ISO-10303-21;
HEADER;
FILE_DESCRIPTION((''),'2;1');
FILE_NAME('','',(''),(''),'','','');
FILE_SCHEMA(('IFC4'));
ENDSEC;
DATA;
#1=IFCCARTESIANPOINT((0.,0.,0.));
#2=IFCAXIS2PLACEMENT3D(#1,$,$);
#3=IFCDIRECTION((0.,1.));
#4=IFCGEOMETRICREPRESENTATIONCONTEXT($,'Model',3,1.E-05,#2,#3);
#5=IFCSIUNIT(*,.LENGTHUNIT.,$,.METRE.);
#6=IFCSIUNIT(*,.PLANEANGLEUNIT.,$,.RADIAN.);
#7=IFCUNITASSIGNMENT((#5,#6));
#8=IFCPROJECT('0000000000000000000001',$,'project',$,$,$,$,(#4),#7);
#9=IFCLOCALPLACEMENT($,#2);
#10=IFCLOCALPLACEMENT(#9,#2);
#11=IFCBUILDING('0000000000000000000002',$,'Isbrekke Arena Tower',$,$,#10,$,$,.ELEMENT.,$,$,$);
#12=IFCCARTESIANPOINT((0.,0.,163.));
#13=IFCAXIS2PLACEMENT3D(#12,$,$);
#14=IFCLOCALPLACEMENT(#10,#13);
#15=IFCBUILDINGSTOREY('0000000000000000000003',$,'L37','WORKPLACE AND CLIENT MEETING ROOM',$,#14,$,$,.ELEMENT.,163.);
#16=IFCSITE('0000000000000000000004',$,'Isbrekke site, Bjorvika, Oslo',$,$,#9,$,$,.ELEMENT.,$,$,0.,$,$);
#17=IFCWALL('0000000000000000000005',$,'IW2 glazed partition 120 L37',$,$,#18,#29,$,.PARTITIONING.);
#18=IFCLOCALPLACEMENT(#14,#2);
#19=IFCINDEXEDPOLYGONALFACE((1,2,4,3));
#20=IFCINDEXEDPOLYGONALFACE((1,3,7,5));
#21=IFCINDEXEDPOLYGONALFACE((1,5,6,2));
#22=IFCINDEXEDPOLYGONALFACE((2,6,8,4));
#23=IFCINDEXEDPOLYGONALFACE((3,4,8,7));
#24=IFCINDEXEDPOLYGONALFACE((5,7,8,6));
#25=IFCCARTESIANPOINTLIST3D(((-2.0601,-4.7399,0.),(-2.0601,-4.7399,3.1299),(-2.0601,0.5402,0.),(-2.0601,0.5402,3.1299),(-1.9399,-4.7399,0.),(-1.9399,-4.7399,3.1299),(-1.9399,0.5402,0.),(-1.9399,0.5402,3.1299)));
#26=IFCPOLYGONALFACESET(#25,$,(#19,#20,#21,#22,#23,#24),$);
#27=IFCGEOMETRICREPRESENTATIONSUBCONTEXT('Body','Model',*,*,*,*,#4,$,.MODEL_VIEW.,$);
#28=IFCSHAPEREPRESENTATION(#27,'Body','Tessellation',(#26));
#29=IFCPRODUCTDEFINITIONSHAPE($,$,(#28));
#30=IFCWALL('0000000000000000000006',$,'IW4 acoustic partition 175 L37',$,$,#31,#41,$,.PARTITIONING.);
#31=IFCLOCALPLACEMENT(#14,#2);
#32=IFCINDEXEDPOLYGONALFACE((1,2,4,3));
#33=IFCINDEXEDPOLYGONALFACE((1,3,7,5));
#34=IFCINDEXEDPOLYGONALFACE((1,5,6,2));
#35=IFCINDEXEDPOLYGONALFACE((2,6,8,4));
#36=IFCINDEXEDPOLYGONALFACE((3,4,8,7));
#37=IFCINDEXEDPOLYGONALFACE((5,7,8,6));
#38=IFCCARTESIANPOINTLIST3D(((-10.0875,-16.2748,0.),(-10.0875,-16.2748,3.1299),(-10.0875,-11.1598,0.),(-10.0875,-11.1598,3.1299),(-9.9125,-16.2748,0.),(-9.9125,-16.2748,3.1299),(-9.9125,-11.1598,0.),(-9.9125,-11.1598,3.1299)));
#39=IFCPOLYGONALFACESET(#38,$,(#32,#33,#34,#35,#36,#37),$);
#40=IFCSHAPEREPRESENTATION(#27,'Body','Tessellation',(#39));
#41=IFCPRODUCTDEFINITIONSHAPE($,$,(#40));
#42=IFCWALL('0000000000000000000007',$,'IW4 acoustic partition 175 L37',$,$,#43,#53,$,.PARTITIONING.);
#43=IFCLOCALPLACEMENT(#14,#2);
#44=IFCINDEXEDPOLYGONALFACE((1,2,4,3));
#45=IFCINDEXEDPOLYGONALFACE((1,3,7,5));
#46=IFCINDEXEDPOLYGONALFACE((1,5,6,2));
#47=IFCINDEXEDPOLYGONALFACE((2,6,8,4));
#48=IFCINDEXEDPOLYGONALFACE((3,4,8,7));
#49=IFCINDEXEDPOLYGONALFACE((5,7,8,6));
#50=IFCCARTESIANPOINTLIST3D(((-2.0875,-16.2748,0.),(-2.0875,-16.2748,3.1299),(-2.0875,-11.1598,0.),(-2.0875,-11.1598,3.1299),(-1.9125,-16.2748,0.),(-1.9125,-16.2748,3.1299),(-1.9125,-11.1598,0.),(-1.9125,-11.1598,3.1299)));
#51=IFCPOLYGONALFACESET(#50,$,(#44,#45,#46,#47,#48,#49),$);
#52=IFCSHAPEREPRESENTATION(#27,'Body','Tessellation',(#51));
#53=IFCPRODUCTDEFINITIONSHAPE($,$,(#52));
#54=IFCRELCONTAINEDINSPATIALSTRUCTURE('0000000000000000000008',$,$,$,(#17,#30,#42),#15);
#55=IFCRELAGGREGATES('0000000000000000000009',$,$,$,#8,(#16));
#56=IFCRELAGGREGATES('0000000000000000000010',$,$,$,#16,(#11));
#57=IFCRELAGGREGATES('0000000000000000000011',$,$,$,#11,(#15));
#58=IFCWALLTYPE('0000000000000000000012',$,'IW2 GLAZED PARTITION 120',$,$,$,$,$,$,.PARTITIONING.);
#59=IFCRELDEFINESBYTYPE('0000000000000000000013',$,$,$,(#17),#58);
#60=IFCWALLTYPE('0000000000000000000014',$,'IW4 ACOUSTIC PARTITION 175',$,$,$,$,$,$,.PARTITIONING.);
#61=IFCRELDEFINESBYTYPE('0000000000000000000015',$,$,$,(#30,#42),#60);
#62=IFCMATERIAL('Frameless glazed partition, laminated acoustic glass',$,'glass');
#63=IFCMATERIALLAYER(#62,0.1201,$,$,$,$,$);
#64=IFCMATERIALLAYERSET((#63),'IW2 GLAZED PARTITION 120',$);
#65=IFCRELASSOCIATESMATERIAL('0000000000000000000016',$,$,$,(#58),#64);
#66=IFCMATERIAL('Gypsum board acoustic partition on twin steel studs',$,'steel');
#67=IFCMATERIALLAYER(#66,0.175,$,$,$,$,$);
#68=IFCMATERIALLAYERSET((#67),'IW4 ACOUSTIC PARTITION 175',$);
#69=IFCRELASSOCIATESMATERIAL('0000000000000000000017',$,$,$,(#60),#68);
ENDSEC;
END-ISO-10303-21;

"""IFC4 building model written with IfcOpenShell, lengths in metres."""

from ifc_helpers import new_model, si_unit, direction, frame, frame_2d, origin, place, context, subcontext, project, spatial, rectangle, extrude, material, layer, layer_set, type_object, element, save


model = new_model("IFC4")

# Units and contexts
model_context = context("Model", 3, precision=1e-05, world=origin(), true_north=direction((0.0, 1.0)))
body_context = subcontext(model_context, "Body", "Model", "MODEL_VIEW")
ifc_project = project(units=[si_unit("LENGTHUNIT", "METRE"), si_unit("PLANEANGLEUNIT", "RADIAN")], contexts=[model_context])

# Site, building, storey
site_placement = place(None, origin())
site = spatial("IfcSite", under=ifc_project, at=site_placement, Name="Isbrekke site, Bjorvika, Oslo", CompositionType="ELEMENT", RefElevation=0.0)
building_placement = place(site_placement, origin())
building = spatial("IfcBuilding", under=site, at=building_placement, Name="Isbrekke Arena Tower", CompositionType="ELEMENT")
storey_placement = place(building_placement, frame((0.0, 0.0, 163.0)))
storey = spatial("IfcBuildingStorey", under=building, at=storey_placement, Name="L37", Description="WORKPLACE AND CLIENT MEETING ROOM", CompositionType="ELEMENT", Elevation=163.0)

# Shared definitions
ifc_material_1 = material(Name="Frameless glazed partition, laminated acoustic glass", Category="glass")
ifc_layer_1 = layer(ifc_material_1, 0.1201)
ifc_layer_set_1 = layer_set([ifc_layer_1], Name="IW2 GLAZED PARTITION 120")
wall_type_1 = type_object("IfcWallType", Name="IW2 GLAZED PARTITION 120", PredefinedType="PARTITIONING", material=ifc_layer_set_1)

# Walls
for number, where, z_axis, x_axis, name in (
    (1, (-2.0, -4.74, 0.0), (0.0, 0.0, 1.0), (0.0, 1.0, 0.0), "IW2 glazed partition 120 L37"),
):
    element("IfcWall", number, at=place(storey_placement, frame(where, z_axis=z_axis, x_axis=x_axis)), inside=storey, type_object=wall_type_1, Name=name, PredefinedType="PARTITIONING", context=body_context, shape_type="SweptSolid", body=[
        extrude(rectangle(XDim=5.28, YDim=0.1201, at=frame_2d((2.6401, 0.0))), origin(), (0.0, 0.0, 1.0), 3.1299),
    ])
ifc_material_2 = material(Name="Gypsum board acoustic partition on twin steel studs", Category="steel")
ifc_layer_2 = layer(ifc_material_2, 0.175)
ifc_layer_set_2 = layer_set([ifc_layer_2], Name="IW4 ACOUSTIC PARTITION 175")
wall_type_2 = type_object("IfcWallType", Name="IW4 ACOUSTIC PARTITION 175", PredefinedType="PARTITIONING", material=ifc_layer_set_2)
for number, where, z_axis, x_axis, name in (
    (2, (-10.0, -16.2749, 0.0), (0.0, 0.0, 1.0), (0.0, 1.0, 0.0), "IW4 acoustic partition 175 L37"),
    (3, (-2.0, -16.2749, 0.0), (0.0, 0.0, 1.0), (0.0, 1.0, 0.0), "IW4 acoustic partition 175 L37"),
):
    element("IfcWall", number, at=place(storey_placement, frame(where, z_axis=z_axis, x_axis=x_axis)), inside=storey, type_object=wall_type_2, Name=name, PredefinedType="PARTITIONING", context=body_context, shape_type="SweptSolid", body=[
        extrude(rectangle(XDim=5.115, YDim=0.175, at=frame_2d((2.5576, 0.0))), origin(), (0.0, 0.0, 1.0), 3.1299),
    ])

save(model, "model.ifc")
